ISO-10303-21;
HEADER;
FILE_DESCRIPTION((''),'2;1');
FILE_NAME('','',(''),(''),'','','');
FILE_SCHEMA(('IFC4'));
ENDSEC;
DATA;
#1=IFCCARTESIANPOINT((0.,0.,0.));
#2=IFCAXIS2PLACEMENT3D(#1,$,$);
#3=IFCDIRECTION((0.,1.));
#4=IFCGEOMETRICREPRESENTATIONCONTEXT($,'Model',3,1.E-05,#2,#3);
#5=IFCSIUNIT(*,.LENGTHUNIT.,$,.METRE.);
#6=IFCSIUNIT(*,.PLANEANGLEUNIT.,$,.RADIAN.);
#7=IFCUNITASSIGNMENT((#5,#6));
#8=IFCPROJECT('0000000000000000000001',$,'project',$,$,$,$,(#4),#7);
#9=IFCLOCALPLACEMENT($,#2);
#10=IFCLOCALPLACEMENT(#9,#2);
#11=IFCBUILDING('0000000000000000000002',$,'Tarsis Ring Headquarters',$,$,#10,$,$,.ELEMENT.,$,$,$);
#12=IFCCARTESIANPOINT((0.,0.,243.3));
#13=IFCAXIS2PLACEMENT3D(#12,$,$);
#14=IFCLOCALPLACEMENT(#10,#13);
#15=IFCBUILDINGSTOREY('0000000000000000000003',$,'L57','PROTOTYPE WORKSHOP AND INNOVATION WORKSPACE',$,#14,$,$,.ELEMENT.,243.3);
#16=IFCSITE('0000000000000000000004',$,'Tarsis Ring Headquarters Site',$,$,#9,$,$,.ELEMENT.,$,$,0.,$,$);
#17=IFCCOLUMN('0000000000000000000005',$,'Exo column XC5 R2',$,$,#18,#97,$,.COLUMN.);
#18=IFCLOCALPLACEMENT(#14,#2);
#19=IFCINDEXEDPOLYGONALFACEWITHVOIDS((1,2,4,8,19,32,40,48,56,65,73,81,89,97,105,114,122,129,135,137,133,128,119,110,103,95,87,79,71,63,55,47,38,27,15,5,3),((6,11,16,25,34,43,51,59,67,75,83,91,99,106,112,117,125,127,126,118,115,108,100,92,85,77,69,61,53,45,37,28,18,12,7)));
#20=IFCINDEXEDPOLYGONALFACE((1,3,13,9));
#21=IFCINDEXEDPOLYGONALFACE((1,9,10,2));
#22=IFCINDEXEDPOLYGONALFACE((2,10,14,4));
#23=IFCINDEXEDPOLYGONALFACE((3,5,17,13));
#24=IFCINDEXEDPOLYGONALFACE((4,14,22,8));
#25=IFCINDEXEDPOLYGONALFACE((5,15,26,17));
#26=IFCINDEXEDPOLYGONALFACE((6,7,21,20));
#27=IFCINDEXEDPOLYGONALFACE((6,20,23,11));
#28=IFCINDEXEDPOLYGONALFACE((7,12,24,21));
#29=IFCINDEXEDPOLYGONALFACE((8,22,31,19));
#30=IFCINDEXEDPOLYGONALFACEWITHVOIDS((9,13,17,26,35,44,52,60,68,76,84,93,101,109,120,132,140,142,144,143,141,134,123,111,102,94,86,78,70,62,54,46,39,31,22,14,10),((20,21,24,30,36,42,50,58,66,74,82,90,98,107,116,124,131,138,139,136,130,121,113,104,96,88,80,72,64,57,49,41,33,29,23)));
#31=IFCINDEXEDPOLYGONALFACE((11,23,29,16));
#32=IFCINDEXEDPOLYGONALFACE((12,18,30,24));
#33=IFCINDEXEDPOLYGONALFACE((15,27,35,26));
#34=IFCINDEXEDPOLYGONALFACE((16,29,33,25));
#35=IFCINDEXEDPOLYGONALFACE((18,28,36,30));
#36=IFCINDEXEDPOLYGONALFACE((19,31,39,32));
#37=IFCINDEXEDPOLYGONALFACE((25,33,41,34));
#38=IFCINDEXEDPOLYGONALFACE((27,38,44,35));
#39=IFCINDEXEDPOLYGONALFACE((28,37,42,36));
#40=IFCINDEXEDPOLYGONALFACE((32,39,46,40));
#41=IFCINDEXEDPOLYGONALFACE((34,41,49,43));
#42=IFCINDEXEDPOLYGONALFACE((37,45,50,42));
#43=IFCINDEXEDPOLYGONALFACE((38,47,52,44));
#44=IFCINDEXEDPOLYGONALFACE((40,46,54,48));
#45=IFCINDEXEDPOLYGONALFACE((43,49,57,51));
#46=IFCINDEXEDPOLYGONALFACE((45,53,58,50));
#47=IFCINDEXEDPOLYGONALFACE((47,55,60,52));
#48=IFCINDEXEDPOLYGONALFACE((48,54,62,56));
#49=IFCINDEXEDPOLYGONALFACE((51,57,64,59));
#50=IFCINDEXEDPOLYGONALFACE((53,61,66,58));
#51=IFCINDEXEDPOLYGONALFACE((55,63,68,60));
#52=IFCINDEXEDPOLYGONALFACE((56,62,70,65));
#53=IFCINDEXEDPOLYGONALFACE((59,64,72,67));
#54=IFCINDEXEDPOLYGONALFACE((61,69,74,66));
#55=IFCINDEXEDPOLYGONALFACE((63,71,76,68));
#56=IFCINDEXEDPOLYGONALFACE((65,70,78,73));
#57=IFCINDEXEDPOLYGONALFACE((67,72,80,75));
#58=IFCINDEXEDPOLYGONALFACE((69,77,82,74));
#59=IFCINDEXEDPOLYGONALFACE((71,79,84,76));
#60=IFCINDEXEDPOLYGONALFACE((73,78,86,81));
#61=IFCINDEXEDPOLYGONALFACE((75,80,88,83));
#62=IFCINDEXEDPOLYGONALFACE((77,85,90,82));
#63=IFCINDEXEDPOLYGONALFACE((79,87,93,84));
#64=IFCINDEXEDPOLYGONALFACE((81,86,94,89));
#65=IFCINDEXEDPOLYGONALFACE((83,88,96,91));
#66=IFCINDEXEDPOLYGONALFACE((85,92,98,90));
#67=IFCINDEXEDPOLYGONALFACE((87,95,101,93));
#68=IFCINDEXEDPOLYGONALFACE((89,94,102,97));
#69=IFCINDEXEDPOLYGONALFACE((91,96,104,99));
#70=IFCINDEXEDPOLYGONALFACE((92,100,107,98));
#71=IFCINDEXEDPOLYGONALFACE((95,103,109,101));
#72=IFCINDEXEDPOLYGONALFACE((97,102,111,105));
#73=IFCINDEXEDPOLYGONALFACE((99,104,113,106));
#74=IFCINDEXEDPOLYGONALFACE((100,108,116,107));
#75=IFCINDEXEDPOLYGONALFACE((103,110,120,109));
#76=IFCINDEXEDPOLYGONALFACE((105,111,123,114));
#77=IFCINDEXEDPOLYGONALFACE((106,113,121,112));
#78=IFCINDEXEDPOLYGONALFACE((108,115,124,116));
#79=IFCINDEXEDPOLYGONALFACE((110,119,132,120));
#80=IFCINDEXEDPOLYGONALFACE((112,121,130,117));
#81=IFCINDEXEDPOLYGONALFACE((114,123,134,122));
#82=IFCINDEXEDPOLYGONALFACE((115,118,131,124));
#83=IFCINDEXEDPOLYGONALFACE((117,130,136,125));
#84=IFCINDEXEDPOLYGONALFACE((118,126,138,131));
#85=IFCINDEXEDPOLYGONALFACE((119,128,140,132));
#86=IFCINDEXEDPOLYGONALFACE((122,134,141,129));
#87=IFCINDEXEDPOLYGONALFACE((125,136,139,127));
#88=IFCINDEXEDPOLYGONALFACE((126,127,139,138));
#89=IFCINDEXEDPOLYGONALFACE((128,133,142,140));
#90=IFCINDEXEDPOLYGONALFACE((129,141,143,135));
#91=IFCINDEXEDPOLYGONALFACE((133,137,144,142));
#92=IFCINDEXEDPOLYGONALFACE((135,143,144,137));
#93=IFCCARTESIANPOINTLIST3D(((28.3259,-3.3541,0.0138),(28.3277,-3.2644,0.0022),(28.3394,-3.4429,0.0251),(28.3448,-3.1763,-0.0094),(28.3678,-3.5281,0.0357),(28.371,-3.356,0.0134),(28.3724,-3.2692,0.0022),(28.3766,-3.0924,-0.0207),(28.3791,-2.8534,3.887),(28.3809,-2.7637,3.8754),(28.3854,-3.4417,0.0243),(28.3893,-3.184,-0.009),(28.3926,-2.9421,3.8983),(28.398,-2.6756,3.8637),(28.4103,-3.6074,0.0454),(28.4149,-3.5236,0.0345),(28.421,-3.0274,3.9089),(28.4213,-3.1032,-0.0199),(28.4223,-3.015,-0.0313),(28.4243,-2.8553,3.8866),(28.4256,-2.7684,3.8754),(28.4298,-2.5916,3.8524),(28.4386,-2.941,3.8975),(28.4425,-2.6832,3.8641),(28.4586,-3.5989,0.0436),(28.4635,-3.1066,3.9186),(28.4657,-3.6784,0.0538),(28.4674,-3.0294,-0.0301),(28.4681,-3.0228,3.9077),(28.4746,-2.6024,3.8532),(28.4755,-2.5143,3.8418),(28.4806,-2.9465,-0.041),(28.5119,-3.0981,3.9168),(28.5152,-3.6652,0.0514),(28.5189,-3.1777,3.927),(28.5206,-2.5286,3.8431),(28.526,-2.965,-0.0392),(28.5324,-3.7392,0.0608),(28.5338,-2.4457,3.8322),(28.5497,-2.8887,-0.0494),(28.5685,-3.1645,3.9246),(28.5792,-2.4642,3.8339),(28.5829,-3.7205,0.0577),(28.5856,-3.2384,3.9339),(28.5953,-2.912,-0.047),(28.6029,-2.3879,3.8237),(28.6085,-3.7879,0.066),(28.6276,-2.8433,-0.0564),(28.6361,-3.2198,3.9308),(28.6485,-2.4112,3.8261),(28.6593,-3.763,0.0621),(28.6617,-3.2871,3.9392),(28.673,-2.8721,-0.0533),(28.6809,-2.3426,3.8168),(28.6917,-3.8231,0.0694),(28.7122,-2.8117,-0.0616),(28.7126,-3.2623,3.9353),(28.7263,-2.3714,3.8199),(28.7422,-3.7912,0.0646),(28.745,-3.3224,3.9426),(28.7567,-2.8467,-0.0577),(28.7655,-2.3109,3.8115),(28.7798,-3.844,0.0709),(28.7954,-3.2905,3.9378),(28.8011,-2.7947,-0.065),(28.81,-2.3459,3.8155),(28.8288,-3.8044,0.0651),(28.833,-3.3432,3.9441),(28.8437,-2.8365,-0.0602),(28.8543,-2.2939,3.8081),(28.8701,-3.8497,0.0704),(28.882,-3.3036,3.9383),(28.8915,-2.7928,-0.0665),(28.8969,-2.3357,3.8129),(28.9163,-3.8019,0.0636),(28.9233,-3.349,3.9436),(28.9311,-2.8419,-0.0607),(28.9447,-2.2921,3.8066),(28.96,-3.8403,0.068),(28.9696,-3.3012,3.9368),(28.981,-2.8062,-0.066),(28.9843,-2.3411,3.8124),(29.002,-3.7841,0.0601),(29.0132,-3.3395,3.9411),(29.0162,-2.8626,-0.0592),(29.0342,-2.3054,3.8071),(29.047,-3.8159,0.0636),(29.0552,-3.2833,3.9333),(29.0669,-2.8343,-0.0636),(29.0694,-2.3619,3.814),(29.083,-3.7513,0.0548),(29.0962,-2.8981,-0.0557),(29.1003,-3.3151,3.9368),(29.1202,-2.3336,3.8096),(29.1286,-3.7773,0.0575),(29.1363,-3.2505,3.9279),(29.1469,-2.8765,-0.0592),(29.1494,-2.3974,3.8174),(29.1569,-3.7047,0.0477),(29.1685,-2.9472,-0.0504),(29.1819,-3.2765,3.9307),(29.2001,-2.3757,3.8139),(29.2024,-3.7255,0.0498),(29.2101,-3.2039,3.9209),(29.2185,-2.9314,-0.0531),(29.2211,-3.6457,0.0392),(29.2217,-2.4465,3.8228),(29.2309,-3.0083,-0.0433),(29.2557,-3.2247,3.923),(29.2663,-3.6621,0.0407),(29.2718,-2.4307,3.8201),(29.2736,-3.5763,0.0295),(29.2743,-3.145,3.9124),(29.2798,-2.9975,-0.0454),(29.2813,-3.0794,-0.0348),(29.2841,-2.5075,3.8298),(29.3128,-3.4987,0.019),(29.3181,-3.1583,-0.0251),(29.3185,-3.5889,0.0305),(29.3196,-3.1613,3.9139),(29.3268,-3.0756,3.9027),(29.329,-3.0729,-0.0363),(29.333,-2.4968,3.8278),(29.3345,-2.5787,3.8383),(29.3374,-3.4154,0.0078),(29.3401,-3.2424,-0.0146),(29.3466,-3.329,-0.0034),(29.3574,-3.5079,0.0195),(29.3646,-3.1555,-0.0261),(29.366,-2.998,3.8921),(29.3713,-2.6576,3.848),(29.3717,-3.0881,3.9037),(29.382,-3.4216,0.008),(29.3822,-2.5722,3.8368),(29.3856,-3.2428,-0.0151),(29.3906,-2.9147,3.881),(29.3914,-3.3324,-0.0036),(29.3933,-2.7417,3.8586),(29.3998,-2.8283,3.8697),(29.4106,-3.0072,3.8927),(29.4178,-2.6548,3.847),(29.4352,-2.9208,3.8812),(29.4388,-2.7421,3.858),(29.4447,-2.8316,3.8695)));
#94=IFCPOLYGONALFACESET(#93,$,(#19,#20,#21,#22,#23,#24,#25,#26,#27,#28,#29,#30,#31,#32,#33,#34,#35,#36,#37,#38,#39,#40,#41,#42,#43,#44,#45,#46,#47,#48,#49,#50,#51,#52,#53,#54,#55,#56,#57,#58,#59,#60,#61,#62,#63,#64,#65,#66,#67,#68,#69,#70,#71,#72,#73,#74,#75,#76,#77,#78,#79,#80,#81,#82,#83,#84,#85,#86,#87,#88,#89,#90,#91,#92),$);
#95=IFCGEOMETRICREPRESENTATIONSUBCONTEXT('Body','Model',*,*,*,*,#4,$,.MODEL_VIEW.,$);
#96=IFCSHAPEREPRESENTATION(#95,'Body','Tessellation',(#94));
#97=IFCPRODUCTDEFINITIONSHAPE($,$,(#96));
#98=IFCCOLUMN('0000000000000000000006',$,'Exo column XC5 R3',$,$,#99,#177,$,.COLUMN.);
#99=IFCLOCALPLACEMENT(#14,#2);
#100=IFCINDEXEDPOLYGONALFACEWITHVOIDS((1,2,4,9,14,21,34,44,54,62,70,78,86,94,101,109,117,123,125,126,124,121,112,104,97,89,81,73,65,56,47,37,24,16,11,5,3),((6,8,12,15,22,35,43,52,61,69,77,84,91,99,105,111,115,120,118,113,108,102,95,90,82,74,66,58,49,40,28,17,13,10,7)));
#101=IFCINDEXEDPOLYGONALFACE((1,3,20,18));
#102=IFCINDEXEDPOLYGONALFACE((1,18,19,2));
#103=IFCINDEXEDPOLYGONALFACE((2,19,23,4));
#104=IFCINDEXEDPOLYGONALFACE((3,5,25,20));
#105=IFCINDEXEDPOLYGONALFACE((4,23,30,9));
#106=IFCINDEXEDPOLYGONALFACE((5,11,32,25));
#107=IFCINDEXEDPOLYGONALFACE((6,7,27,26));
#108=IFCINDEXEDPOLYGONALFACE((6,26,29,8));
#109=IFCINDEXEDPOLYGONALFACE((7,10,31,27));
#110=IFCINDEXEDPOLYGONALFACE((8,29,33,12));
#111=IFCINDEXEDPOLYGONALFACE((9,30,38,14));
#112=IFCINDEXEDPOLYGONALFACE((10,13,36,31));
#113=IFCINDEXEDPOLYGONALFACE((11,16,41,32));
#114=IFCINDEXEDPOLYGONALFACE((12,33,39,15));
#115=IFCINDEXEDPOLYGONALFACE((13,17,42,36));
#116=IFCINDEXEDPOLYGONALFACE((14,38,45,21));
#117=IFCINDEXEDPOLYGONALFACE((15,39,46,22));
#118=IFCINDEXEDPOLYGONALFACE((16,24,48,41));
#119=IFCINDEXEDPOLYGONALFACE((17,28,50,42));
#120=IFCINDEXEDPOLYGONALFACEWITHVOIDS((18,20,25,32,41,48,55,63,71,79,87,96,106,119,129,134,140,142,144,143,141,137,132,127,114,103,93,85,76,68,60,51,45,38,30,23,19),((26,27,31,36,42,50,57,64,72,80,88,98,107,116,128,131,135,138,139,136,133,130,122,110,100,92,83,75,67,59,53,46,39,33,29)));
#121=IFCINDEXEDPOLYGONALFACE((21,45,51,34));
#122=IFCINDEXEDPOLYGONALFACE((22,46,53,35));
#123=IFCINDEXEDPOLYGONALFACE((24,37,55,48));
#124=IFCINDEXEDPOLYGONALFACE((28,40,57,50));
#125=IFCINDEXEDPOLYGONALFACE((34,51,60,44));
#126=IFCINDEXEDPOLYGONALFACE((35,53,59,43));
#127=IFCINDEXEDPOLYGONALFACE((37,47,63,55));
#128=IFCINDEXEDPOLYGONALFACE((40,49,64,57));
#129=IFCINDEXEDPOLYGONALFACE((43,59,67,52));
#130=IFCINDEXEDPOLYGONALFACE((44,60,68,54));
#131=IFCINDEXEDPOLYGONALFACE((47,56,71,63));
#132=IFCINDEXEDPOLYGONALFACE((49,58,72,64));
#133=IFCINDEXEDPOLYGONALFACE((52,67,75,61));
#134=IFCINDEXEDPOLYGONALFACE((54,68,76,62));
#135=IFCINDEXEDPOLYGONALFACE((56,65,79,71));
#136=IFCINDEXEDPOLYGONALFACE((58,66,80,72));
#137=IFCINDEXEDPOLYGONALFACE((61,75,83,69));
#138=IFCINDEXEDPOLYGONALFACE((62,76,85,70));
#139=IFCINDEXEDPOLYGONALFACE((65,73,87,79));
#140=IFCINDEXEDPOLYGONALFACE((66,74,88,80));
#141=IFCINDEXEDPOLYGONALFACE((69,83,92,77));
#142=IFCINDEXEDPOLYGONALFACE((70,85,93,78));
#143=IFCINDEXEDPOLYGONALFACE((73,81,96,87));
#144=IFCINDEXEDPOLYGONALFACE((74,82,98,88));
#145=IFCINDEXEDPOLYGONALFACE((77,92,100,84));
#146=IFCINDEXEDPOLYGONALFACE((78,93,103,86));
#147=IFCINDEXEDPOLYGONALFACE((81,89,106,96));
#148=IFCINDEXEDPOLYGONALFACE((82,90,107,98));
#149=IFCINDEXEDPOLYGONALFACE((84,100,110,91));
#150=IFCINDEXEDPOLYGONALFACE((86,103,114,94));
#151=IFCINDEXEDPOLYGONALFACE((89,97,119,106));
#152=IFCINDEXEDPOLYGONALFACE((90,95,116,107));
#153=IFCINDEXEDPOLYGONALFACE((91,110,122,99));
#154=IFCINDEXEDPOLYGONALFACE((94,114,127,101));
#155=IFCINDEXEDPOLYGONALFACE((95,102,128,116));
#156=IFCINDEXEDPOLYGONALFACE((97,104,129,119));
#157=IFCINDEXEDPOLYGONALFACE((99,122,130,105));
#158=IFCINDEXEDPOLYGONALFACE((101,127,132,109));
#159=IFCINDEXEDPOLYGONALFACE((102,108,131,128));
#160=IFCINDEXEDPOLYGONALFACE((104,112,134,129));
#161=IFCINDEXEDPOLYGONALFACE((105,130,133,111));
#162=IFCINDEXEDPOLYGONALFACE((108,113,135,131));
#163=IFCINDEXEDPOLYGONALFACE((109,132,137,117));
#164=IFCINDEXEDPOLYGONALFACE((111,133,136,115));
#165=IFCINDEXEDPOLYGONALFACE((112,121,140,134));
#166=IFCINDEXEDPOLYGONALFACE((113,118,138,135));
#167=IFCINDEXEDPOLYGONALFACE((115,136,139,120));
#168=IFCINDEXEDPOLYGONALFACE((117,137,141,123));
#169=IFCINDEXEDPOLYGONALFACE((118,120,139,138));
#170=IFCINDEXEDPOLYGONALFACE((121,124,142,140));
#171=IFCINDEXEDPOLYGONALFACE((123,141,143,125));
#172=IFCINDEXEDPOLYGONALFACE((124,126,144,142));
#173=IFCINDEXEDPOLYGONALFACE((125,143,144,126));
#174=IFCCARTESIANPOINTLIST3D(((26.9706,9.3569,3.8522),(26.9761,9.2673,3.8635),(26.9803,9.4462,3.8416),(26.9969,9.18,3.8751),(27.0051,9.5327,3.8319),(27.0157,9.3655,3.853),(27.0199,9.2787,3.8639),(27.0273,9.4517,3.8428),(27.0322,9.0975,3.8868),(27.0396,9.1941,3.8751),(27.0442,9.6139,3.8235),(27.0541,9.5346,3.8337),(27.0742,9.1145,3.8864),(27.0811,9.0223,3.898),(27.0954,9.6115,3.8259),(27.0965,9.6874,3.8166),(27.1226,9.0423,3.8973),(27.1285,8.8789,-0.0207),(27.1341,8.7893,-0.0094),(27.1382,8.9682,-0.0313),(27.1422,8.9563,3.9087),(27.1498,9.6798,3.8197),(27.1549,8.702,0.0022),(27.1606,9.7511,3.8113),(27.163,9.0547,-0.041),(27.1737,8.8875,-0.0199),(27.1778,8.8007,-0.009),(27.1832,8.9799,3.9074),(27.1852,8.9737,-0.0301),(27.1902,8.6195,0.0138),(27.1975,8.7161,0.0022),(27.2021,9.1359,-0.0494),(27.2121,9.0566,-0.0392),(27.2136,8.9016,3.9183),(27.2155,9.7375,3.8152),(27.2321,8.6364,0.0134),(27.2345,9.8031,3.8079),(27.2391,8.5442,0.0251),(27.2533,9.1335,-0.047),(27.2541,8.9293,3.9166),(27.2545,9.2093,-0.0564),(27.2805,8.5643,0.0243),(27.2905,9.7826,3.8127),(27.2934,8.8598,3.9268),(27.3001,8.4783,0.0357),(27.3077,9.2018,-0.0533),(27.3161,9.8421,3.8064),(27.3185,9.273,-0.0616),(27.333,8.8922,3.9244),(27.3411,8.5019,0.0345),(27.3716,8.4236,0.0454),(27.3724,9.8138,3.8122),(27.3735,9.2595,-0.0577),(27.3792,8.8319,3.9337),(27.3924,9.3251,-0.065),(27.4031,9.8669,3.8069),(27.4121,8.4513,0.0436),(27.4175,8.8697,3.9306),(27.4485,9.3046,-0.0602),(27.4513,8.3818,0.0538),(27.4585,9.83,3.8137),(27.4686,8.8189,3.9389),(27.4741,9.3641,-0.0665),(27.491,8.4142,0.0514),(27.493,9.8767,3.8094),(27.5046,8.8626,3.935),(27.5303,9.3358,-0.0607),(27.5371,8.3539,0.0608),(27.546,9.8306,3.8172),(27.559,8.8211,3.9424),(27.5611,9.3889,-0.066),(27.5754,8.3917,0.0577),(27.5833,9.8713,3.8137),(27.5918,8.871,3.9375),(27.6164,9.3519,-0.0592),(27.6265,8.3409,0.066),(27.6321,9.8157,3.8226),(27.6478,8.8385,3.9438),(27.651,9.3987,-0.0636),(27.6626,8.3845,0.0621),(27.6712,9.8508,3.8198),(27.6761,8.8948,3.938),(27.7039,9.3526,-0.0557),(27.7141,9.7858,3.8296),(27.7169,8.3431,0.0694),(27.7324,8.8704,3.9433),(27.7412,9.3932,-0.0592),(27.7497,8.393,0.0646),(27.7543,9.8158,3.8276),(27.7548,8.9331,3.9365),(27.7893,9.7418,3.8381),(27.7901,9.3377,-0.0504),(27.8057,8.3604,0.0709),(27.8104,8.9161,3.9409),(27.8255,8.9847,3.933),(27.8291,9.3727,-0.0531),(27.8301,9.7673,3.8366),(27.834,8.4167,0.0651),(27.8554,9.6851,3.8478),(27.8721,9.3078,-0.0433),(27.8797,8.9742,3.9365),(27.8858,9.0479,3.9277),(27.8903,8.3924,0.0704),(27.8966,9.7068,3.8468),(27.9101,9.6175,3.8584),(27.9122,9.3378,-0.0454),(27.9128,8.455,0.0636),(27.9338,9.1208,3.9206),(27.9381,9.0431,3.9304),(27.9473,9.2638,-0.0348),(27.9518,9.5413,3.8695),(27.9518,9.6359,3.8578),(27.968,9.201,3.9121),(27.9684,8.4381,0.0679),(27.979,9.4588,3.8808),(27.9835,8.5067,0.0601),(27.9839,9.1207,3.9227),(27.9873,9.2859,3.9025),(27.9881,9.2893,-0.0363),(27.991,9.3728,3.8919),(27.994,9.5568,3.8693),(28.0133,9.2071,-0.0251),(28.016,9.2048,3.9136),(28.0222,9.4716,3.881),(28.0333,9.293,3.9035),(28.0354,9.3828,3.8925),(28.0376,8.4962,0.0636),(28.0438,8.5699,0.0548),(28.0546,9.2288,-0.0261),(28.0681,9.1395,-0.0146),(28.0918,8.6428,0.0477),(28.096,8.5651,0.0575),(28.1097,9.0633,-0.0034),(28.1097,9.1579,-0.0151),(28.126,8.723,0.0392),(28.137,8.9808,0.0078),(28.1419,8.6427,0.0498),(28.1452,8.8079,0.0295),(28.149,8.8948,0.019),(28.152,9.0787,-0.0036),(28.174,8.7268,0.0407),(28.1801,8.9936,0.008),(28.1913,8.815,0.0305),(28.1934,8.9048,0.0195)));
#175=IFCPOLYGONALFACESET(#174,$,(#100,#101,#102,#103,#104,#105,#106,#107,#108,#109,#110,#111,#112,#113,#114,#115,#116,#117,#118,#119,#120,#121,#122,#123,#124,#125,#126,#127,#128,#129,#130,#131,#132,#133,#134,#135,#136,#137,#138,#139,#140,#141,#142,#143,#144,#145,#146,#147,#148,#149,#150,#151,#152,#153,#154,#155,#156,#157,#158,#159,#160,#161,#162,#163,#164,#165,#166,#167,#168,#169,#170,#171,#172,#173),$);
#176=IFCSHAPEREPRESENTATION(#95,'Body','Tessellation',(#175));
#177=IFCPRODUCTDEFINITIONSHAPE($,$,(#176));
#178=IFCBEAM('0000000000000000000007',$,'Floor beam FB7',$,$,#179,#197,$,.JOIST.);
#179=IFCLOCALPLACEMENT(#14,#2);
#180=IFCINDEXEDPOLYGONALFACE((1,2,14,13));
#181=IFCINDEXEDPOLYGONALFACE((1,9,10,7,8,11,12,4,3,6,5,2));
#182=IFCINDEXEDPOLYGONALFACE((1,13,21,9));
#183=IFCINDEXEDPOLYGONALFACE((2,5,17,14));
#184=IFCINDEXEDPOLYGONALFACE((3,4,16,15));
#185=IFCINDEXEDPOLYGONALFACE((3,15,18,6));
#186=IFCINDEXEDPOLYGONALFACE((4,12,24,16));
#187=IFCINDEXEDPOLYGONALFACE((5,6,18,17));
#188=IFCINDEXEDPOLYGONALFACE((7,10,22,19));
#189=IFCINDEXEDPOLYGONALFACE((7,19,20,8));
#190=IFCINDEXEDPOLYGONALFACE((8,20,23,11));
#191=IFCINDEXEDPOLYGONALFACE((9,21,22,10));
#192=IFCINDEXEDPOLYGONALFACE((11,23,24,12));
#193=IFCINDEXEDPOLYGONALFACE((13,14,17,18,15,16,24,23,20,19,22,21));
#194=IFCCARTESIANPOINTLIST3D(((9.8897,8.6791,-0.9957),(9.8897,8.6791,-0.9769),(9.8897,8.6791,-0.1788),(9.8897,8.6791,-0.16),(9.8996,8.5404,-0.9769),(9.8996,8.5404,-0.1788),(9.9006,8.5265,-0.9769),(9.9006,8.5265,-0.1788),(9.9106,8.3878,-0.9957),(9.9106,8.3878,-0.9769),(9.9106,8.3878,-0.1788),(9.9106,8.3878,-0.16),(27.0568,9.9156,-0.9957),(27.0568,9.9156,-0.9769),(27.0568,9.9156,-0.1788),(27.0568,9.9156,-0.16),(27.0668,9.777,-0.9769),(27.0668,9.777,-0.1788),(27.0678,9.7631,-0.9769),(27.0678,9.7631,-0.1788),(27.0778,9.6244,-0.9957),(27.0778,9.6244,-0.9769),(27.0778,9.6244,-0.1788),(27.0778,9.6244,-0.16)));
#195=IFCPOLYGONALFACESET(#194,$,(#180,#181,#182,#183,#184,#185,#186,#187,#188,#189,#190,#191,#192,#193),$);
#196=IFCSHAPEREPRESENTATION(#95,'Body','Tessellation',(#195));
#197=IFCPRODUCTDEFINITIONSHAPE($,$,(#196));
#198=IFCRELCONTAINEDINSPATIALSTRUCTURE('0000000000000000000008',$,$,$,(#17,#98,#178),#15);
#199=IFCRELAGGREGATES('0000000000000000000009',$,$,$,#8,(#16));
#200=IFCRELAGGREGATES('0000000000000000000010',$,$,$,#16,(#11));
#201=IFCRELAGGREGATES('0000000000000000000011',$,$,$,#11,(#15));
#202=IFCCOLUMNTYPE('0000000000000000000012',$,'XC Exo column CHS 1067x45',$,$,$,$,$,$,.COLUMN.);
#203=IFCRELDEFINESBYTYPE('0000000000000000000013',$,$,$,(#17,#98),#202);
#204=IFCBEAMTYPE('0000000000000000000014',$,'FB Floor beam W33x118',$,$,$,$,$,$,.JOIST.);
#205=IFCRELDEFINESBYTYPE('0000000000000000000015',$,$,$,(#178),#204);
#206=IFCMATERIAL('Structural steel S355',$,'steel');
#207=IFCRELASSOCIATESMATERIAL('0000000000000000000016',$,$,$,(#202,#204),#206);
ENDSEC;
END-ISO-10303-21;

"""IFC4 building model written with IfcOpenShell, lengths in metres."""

from ifc_helpers import new_model, si_unit, direction, frame, origin, origin_2d, place, context, subcontext, project, spatial, hollow_circle, i_section, extrude, material, material_profile, profile_set, type_object, element, save


model = new_model("IFC4")

# Units and contexts
model_context = context("Model", 3, precision=1e-05, world=origin(), true_north=direction((0.0, 1.0)))
body_context = subcontext(model_context, "Body", "Model", "MODEL_VIEW")
ifc_project = project(units=[si_unit("LENGTHUNIT", "METRE"), si_unit("PLANEANGLEUNIT", "RADIAN")], contexts=[model_context])

# Site, building, storey
site_placement = place(None, origin())
site = spatial("IfcSite", under=ifc_project, at=site_placement, Name="Tarsis Ring Headquarters Site", CompositionType="ELEMENT", RefElevation=0.0)
building_placement = place(site_placement, origin())
building = spatial("IfcBuilding", under=site, at=building_placement, Name="Tarsis Ring Headquarters", CompositionType="ELEMENT")
storey_placement = place(building_placement, frame((0.0, 0.0, 243.3)))
storey = spatial("IfcBuildingStorey", under=building, at=storey_placement, Name="L57", Description="PROTOTYPE WORKSHOP AND INNOVATION WORKSPACE", CompositionType="ELEMENT", Elevation=243.3)

# Columns
ifc_material_1 = material(Name="Structural steel S355", Category="steel")
ifc_material_profile_1 = material_profile(ifc_material_1, hollow_circle(Radius=0.5334, WallThickness=0.0449, at=origin_2d()), Name="CHS 1067x45")
ifc_profile_set_1 = profile_set([ifc_material_profile_1], Name="Structural steel S355")
column_type = type_object("IfcColumnType", Name="XC Exo column CHS 1067x45", PredefinedType="COLUMN", material=ifc_profile_set_1)
column_1_placement = place(storey_placement, frame((28.8582, -3.3208, 0.0022), z_axis=(0.013627, 0.128207, 0.991654), x_axis=(-0.994399, 0.105694, 0.0)))
element("IfcColumn", 1, at=column_1_placement, inside=storey, type_object=column_type, Name="Exo column XC5 R2", PredefinedType="COLUMN", context=body_context, shape_type="SweptSolid", body=[
    extrude(hollow_circle(Radius=0.5334, WallThickness=0.0449, at=origin_2d()), origin(), (0.0, 0.0, 1.0), 3.9058),
])
column_2_placement = place(storey_placement, frame((27.6614, 8.8694, 0.0022), z_axis=(-0.040444, 0.122394, 0.991657), x_axis=(-0.949504, -0.313754, 0.0)))
element("IfcColumn", 2, at=column_2_placement, inside=storey, type_object=column_type, Name="Exo column XC5 R3", PredefinedType="COLUMN", context=body_context, shape_type="SweptSolid", body=[
    extrude(hollow_circle(Radius=0.5334, WallThickness=0.0449, at=origin_2d()), origin(), (0.0, 0.0, 1.0), 3.9055),
])

# Beam
ifc_material_profile_2 = material_profile(ifc_material_1, i_section(OverallWidth=0.292, OverallDepth=0.8357, WebThickness=0.0139, FlangeThickness=0.0188, at=origin_2d()), Name="W33x118")
ifc_profile_set_2 = profile_set([ifc_material_profile_2], Name="Structural steel S355")
beam_type_1 = type_object("IfcBeamType", Name="FB Floor beam W33x118", PredefinedType="JOIST", material=ifc_profile_set_2)
beam_1_placement = place(storey_placement, frame((9.9001, 8.5334, -0.5779), z_axis=(0.997416, 0.071845, 0.0), x_axis=(-0.071845, 0.997416, 0.0)))
element("IfcBeam", 3, at=beam_1_placement, inside=storey, type_object=beam_type_1, Name="Floor beam FB7", PredefinedType="JOIST", context=body_context, shape_type="SweptSolid", body=[
    extrude(i_section(OverallWidth=0.292, OverallDepth=0.8357, WebThickness=0.0139, FlangeThickness=0.0188, at=origin_2d()), origin(), (0.0, 0.0, 1.0), 17.2117),
])

save(model, "model.ifc")
